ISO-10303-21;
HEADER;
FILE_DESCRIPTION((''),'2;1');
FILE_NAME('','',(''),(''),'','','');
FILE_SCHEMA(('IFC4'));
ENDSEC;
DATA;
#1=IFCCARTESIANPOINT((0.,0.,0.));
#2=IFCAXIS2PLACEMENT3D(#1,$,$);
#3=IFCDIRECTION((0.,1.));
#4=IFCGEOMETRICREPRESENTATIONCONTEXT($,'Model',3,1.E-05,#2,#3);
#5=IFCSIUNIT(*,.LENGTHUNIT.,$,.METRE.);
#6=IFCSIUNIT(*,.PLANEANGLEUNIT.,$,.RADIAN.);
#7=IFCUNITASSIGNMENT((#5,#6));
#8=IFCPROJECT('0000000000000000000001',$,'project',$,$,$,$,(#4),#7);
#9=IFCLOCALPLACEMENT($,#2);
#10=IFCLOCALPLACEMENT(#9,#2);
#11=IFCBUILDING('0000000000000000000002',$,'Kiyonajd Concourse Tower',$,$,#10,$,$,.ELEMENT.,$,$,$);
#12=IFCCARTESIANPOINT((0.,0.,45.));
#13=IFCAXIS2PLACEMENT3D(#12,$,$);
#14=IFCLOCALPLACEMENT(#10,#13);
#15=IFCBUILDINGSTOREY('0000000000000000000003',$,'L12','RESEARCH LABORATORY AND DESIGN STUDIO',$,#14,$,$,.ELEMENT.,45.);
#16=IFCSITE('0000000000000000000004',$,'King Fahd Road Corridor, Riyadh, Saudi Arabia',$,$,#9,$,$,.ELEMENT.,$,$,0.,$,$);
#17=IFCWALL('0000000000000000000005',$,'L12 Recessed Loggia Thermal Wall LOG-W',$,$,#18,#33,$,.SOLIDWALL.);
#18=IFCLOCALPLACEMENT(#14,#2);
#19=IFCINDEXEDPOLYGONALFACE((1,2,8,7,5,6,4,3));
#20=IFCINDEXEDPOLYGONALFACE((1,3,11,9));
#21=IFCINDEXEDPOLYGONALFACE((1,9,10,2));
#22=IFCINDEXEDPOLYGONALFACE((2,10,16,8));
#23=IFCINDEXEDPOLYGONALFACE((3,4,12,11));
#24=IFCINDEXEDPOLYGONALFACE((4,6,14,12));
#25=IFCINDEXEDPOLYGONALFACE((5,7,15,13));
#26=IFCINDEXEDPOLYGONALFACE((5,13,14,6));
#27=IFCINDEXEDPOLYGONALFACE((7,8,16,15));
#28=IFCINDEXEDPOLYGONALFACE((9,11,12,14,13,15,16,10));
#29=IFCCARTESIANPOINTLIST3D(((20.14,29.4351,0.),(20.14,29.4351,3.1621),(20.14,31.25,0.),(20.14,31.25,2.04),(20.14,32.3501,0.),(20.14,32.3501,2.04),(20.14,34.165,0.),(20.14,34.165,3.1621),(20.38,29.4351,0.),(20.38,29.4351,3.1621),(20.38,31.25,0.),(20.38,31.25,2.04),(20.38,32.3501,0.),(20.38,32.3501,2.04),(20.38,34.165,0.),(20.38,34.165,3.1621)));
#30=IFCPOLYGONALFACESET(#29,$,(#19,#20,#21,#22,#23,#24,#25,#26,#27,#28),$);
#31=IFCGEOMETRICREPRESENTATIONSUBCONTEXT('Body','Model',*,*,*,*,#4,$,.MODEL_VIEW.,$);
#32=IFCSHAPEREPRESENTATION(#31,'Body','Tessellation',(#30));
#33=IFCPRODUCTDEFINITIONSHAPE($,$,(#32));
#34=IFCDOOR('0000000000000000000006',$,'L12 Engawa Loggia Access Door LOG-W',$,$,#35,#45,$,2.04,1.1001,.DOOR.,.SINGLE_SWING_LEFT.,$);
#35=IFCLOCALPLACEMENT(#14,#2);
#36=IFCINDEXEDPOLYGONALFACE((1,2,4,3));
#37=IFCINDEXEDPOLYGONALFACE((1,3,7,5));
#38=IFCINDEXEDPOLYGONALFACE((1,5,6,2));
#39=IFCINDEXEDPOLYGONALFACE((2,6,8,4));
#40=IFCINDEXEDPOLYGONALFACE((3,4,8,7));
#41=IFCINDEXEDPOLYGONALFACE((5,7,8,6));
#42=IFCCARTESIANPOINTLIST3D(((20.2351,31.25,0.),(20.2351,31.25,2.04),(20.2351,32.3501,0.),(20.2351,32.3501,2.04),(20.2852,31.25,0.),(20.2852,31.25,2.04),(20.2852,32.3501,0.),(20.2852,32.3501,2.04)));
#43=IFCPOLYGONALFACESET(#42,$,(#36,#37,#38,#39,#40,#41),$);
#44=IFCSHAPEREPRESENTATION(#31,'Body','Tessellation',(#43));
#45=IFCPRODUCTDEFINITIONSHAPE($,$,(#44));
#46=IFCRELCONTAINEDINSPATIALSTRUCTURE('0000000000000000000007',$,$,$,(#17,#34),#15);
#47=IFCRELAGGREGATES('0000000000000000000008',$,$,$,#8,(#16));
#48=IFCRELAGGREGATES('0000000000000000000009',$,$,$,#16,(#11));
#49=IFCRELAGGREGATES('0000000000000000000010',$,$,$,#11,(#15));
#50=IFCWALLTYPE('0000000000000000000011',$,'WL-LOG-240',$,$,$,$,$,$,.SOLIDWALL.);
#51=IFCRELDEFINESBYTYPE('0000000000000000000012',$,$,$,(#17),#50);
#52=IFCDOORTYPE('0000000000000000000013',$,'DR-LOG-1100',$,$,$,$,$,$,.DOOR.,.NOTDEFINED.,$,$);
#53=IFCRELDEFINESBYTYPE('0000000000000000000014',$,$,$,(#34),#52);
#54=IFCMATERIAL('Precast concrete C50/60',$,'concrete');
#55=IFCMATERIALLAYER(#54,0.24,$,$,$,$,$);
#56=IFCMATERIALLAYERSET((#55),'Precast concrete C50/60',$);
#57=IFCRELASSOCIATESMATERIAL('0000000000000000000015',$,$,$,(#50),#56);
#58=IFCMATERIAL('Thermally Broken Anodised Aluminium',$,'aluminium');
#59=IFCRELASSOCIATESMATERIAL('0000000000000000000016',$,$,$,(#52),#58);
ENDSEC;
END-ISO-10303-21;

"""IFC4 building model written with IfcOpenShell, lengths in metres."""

from ifc_helpers import new_model, si_unit, direction, frame, frame_2d, origin, place, context, subcontext, project, spatial, rectangle, extrude, material, layer, layer_set, type_object, element, fill, save


model = new_model("IFC4")

# Units and contexts
model_context = context("Model", 3, precision=1e-05, world=origin(), true_north=direction((0.0, 1.0)))
body_context = subcontext(model_context, "Body", "Model", "MODEL_VIEW")
ifc_project = project(units=[si_unit("LENGTHUNIT", "METRE"), si_unit("PLANEANGLEUNIT", "RADIAN")], contexts=[model_context])

# Site, building, storey
site_placement = place(None, origin())
site = spatial("IfcSite", under=ifc_project, at=site_placement, Name="King Fahd Road Corridor, Riyadh, Saudi Arabia", CompositionType="ELEMENT", RefElevation=0.0)
building_placement = place(site_placement, origin())
building = spatial("IfcBuilding", under=site, at=building_placement, Name="Kiyonajd Concourse Tower", CompositionType="ELEMENT")
storey_placement = place(building_placement, frame((0.0, 0.0, 45.0)))
storey = spatial("IfcBuildingStorey", under=building, at=storey_placement, Name="L12", Description="RESEARCH LABORATORY AND DESIGN STUDIO", CompositionType="ELEMENT", Elevation=45.0)

# Shared definitions
ifc_material_1 = material(Name="Precast concrete C50/60", Category="concrete")

# Shared definitions
ifc_material_2 = material(Name="Thermally Broken Anodised Aluminium", Category="aluminium")

# Wall, opening, door
ifc_layer_1 = layer(ifc_material_1, 0.24)
ifc_layer_set_1 = layer_set([ifc_layer_1], Name="Precast concrete C50/60")
wall_type_1 = type_object("IfcWallType", Name="WL-LOG-240", PredefinedType="SOLIDWALL", material=ifc_layer_set_1)
wall_1_placement = place(storey_placement, frame((20.26, 29.4351, 0.0), z_axis=(0.0, 0.0, 1.0), x_axis=(0.0, 1.0, 0.0)))
wall_1 = element("IfcWall", 1, at=wall_1_placement, inside=storey, type_object=wall_type_1, Name="L12 Recessed Loggia Thermal Wall LOG-W", PredefinedType="SOLIDWALL", context=body_context, shape_type="SweptSolid", body=[
    extrude(rectangle(XDim=4.73, YDim=0.24, at=frame_2d((2.365, 0.0))), origin(), (0.0, 0.0, 1.0), 3.1621),
])
opening_1_placement = place(wall_1_placement, frame((1.8149, 0.0, 0.0)))
opening_1 = element("IfcOpeningElement", 2, at=opening_1_placement, cuts=wall_1, PredefinedType="OPENING", context=body_context, shape_type="SweptSolid", body=[
    extrude(rectangle(XDim=1.1001, YDim=2.04, at=frame_2d((0.55, 1.02))), frame((0.0, 0.1299, 0.0), z_axis=(0.0, -1.0, 0.0), x_axis=(1.0, 0.0, 0.0)), (0.0, 0.0, 1.0), 0.26),
])
door_type_1 = type_object("IfcDoorType", Name="DR-LOG-1100", OperationType="NOTDEFINED", PredefinedType="DOOR", material=ifc_material_2)
door_1_placement = place(opening_1_placement, origin())
door_1 = element("IfcDoor", 3, at=door_1_placement, inside=storey, type_object=door_type_1, Name="L12 Engawa Loggia Access Door LOG-W", OperationType="SINGLE_SWING_LEFT", OverallHeight=2.04, OverallWidth=1.1001, PredefinedType="DOOR", context=body_context, shape_type="SweptSolid", body=[
    extrude(rectangle(XDim=1.1001, YDim=2.04, at=frame_2d((0.55, 1.02))), frame((0.0, 0.0249, 0.0), z_axis=(0.0, -1.0, 0.0), x_axis=(1.0, 0.0, 0.0)), (0.0, 0.0, 1.0), 0.05),
])
fill(opening_1, door_1)

save(model, "model.ifc")
